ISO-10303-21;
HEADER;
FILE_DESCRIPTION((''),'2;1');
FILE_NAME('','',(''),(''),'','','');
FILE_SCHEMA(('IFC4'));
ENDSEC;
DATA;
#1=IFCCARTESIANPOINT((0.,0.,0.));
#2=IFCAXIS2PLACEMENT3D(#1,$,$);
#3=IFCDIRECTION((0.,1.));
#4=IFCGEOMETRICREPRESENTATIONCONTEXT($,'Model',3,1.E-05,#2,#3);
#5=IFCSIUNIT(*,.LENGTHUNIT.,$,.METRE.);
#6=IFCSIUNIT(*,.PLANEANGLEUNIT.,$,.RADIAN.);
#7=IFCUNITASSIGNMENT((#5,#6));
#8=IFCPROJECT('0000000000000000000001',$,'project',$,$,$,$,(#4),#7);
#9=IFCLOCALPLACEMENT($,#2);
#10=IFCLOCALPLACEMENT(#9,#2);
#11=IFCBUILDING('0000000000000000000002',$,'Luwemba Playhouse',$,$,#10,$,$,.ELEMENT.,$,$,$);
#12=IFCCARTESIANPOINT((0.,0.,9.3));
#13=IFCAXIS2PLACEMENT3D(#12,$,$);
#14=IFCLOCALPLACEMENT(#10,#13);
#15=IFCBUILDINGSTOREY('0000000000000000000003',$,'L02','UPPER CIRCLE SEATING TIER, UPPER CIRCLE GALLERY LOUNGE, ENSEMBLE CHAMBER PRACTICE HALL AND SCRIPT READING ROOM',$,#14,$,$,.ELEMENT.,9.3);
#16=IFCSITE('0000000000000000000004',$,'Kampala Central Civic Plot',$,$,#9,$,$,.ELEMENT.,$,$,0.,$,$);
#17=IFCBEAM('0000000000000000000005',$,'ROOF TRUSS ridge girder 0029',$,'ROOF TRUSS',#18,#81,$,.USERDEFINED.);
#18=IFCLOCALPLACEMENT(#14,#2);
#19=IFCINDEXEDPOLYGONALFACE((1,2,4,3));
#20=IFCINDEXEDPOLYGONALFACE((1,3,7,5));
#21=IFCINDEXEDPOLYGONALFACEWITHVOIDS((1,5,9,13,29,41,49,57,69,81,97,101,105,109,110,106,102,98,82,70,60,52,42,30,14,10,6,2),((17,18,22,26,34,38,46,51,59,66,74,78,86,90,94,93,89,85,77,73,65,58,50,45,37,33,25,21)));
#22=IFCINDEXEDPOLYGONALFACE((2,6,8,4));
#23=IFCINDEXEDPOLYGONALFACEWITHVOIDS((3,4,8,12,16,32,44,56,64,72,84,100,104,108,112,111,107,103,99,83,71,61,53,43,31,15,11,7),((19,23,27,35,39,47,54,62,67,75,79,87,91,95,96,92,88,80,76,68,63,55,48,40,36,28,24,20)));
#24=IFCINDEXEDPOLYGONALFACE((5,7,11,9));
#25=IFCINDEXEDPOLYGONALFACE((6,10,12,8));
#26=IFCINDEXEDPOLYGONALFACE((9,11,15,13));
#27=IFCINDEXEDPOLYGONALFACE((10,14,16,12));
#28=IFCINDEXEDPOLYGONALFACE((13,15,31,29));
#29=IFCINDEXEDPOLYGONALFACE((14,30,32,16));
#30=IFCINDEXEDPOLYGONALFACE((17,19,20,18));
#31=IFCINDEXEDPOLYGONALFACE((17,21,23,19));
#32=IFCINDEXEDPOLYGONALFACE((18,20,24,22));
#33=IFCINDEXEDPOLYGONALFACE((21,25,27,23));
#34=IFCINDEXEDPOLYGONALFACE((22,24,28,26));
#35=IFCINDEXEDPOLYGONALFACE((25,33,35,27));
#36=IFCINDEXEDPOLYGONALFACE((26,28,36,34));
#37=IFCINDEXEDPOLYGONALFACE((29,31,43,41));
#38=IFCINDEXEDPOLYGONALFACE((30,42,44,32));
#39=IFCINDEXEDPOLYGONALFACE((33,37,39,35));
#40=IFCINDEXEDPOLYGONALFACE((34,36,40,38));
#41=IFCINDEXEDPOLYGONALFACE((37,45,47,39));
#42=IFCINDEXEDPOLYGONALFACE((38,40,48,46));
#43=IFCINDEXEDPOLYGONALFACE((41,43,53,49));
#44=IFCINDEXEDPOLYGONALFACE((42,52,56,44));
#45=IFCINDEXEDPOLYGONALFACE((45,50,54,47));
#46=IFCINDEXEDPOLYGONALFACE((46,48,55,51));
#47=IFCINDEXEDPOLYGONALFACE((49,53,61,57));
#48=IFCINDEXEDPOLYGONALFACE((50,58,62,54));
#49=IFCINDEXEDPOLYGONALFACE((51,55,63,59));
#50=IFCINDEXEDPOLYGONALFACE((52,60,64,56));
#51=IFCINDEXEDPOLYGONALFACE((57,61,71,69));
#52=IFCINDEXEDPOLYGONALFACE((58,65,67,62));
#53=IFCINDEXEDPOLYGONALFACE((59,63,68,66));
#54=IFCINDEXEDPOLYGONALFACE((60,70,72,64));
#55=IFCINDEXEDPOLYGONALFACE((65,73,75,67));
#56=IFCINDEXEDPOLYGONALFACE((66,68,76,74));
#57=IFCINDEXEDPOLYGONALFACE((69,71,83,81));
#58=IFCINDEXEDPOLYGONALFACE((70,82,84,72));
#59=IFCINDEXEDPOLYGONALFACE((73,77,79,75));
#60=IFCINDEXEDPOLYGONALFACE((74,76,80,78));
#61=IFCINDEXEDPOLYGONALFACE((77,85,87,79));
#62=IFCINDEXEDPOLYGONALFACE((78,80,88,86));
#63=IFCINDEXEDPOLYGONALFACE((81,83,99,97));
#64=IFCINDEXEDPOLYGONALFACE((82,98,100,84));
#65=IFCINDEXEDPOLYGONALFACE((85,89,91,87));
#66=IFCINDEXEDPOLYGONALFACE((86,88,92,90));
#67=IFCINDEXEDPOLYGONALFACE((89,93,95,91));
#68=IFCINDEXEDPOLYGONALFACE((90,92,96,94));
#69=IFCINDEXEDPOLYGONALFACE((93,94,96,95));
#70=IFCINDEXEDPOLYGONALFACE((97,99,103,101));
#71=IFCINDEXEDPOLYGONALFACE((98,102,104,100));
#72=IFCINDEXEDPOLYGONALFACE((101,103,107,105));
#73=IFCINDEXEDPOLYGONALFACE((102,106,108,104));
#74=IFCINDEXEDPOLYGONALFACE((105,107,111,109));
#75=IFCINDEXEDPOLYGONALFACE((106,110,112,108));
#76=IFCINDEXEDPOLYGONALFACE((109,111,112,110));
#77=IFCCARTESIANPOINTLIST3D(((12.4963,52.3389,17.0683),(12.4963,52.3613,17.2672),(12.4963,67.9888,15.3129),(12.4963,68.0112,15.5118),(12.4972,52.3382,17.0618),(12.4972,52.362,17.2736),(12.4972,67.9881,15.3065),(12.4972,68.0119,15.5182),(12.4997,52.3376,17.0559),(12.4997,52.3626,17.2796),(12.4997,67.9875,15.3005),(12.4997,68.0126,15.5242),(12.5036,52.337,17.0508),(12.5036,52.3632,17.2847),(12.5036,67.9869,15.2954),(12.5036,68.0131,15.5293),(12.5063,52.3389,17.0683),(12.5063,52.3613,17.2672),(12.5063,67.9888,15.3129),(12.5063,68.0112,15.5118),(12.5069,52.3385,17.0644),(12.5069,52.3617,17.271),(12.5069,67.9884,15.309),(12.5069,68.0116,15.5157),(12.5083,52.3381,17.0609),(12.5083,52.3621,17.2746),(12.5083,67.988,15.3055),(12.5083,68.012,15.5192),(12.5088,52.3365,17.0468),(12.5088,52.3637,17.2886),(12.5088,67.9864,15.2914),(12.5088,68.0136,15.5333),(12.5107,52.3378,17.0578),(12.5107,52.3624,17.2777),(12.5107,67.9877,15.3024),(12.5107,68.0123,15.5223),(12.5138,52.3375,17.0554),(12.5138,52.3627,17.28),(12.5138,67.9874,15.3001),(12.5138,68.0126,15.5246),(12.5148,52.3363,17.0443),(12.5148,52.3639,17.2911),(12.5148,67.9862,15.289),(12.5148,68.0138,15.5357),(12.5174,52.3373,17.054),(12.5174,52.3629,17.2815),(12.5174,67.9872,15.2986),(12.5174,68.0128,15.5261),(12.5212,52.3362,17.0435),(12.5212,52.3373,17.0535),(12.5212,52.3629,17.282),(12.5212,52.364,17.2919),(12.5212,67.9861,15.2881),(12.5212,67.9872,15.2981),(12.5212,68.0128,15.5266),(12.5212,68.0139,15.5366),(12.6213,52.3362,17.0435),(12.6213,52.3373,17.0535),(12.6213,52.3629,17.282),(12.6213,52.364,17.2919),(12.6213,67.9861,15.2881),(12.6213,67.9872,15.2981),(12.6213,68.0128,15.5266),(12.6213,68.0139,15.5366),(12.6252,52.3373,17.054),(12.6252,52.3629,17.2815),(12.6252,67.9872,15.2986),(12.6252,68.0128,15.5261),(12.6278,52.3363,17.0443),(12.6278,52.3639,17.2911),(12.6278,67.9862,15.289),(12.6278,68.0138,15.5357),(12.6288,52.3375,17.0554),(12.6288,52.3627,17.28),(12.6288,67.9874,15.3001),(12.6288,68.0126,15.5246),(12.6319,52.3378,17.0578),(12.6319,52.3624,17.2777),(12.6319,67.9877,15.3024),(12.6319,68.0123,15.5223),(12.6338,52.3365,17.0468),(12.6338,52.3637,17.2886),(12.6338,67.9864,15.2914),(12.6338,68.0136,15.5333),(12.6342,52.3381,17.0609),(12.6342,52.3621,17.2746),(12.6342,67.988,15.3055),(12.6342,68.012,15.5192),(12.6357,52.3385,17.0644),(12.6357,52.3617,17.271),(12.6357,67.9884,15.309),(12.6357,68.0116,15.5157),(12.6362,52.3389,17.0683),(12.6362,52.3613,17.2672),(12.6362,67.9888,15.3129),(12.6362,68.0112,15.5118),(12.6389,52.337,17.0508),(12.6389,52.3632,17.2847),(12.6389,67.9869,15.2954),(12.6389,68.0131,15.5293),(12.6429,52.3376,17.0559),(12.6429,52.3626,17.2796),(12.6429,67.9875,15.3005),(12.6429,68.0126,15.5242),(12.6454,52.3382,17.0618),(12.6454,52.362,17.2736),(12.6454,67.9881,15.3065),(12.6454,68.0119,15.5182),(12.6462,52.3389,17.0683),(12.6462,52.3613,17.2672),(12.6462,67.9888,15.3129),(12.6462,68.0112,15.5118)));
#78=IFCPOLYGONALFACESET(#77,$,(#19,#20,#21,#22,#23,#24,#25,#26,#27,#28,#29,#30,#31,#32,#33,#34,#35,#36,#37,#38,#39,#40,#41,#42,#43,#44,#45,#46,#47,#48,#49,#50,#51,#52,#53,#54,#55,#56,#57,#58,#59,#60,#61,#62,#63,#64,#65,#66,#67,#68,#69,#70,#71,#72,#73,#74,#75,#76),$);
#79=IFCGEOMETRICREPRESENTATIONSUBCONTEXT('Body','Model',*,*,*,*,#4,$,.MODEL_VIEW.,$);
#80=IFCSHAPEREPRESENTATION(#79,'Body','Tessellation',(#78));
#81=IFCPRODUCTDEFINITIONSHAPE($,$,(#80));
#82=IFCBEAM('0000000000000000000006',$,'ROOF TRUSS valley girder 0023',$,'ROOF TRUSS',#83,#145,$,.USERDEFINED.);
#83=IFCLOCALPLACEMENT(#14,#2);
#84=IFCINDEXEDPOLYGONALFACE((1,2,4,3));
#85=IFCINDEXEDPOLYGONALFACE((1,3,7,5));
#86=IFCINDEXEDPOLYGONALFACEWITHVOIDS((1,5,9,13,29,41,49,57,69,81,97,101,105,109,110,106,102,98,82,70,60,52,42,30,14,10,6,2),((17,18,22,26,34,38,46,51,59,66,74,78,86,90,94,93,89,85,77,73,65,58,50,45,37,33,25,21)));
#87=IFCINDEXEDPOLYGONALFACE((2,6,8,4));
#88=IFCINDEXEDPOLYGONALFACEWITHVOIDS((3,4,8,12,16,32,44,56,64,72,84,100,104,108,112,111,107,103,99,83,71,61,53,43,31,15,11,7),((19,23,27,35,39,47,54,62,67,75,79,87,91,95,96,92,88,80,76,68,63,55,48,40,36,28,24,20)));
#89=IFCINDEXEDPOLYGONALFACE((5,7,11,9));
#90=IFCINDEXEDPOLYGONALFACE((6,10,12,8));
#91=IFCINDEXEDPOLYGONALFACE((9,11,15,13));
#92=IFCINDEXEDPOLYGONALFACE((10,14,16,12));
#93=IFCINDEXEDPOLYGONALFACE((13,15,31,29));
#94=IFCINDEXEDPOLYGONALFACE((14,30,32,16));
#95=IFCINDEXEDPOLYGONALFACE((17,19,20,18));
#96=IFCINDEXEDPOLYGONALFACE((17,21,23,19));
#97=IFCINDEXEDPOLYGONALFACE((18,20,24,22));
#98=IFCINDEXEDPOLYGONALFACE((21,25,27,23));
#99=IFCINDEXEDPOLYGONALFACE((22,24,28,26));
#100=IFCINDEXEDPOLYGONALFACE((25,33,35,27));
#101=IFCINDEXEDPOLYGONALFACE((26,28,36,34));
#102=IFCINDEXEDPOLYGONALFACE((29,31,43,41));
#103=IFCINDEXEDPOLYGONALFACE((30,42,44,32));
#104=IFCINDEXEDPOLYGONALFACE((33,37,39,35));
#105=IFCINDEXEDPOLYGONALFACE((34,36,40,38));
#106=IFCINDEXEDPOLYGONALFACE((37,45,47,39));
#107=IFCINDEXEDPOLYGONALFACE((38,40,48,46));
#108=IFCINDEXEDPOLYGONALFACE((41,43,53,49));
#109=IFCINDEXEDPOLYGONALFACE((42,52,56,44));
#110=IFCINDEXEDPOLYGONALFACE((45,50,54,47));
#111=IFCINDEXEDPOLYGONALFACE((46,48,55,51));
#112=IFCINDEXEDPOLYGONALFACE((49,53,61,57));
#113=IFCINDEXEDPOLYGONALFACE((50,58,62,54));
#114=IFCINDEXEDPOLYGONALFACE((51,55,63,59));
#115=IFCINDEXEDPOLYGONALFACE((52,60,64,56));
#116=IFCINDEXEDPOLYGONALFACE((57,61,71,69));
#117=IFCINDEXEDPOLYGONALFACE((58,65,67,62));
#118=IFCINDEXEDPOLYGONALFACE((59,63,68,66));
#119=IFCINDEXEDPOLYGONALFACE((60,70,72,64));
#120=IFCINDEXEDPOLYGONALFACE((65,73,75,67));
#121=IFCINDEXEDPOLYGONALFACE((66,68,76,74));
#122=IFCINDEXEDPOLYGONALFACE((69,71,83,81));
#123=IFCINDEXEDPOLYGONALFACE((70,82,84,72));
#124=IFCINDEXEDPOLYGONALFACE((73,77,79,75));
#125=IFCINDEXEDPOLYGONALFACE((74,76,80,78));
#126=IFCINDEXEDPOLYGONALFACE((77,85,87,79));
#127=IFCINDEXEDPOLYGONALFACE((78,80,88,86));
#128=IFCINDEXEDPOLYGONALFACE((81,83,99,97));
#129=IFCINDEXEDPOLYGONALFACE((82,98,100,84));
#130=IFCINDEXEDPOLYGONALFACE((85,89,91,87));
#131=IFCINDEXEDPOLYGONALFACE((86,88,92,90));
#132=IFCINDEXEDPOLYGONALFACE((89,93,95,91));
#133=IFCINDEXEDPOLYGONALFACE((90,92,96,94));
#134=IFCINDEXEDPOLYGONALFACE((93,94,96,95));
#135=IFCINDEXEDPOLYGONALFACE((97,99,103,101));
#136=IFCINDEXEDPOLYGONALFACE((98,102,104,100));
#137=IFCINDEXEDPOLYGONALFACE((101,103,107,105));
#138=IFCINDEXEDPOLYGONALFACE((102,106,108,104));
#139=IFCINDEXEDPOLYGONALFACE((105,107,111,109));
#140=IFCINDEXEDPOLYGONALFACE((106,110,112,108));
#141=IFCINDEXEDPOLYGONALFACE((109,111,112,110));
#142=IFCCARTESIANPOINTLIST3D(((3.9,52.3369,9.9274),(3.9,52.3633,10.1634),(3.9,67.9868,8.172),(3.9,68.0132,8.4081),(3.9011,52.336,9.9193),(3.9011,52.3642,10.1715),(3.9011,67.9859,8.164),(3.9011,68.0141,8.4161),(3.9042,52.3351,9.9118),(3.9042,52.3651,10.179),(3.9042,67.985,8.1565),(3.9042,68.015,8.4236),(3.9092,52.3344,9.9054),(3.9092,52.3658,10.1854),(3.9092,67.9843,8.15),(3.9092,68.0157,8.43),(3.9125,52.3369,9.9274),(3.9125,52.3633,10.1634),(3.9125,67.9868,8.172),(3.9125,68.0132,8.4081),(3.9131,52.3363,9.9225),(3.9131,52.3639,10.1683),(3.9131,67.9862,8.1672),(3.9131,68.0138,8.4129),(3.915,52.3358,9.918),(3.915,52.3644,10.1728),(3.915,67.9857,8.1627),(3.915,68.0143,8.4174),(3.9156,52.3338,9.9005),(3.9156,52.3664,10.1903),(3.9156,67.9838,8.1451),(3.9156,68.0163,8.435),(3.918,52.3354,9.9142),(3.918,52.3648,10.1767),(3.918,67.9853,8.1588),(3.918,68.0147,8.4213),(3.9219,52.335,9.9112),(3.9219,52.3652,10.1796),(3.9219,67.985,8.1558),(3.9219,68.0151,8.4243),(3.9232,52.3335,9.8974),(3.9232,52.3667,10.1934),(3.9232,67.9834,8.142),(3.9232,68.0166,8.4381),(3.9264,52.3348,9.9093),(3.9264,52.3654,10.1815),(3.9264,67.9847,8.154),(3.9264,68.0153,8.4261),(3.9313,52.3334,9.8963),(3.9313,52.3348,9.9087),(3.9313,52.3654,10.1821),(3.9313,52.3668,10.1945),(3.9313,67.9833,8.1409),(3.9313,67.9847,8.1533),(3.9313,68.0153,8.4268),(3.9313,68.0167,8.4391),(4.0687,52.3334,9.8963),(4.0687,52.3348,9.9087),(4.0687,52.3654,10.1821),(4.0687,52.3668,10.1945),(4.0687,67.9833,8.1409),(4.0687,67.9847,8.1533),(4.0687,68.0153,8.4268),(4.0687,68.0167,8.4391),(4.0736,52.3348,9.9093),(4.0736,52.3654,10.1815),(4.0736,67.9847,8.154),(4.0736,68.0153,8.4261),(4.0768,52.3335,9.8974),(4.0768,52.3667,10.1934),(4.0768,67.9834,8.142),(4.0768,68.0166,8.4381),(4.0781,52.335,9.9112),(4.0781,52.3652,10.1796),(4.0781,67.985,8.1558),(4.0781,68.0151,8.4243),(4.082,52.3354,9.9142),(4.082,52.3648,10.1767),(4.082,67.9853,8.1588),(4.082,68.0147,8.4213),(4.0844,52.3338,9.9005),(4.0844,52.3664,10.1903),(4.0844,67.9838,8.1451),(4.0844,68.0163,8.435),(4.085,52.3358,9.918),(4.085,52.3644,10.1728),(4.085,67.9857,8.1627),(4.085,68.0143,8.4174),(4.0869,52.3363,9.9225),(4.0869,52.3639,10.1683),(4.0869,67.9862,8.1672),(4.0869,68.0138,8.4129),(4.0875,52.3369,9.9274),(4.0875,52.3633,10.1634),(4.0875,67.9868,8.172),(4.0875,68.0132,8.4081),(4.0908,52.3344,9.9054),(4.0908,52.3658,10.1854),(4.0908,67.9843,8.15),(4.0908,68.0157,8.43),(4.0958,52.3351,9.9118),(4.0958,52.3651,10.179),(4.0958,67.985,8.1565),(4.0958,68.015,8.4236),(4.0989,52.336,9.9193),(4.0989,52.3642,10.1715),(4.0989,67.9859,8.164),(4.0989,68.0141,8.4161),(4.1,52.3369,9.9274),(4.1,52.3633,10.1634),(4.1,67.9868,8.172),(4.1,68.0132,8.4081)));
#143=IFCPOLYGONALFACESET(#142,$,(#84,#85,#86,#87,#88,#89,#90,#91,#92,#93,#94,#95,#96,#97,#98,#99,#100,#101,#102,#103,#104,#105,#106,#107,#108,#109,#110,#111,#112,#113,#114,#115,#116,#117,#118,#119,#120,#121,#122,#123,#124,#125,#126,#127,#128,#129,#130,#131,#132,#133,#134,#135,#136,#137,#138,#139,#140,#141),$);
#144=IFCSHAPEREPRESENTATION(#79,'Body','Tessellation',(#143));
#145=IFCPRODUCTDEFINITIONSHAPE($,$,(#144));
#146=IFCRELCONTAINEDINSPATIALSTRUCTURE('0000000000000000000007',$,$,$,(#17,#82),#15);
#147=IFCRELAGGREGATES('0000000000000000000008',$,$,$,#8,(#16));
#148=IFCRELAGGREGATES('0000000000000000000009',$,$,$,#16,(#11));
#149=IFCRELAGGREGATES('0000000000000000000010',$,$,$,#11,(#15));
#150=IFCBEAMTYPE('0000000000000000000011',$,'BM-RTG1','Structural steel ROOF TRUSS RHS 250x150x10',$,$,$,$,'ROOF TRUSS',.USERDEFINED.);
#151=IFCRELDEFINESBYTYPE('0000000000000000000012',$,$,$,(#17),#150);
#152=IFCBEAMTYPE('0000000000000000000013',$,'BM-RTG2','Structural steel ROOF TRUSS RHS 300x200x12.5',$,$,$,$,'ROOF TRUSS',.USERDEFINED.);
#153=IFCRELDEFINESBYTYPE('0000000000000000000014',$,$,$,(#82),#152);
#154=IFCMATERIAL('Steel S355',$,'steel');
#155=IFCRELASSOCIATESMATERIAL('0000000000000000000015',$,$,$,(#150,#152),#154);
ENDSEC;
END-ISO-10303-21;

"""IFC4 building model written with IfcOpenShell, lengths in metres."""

from ifc_helpers import new_model, si_unit, direction, frame, origin, origin_2d, place, context, subcontext, project, spatial, hollow_rectangle, extrude, material, material_profile, profile_set, type_object, element, save


model = new_model("IFC4")

# Units and contexts
model_context = context("Model", 3, precision=1e-05, world=origin(), true_north=direction((0.0, 1.0)))
body_context = subcontext(model_context, "Body", "Model", "MODEL_VIEW")
ifc_project = project(units=[si_unit("LENGTHUNIT", "METRE"), si_unit("PLANEANGLEUNIT", "RADIAN")], contexts=[model_context])

# Site, building, storey
site_placement = place(None, origin())
site = spatial("IfcSite", under=ifc_project, at=site_placement, Name="Kampala Central Civic Plot", CompositionType="ELEMENT", RefElevation=0.0)
building_placement = place(site_placement, origin())
building = spatial("IfcBuilding", under=site, at=building_placement, Name="Luwemba Playhouse", CompositionType="ELEMENT")
storey_placement = place(building_placement, frame((0.0, 0.0, 9.3)))
storey = spatial("IfcBuildingStorey", under=building, at=storey_placement, Name="L02", Description="UPPER CIRCLE SEATING TIER, UPPER CIRCLE GALLERY LOUNGE, ENSEMBLE CHAMBER PRACTICE HALL AND SCRIPT READING ROOM", CompositionType="ELEMENT", Elevation=9.3)

# Beams
ifc_material_1 = material(Name="Steel S355", Category="steel")
ifc_material_profile_1 = material_profile(ifc_material_1, hollow_rectangle(XDim=0.1499, YDim=0.25, WallThickness=0.01, InnerFilletRadius=0.0149, OuterFilletRadius=0.0249, at=origin_2d()))
ifc_profile_set_1 = profile_set([ifc_material_profile_1], Name="Steel S355")
beam_type_1 = type_object("IfcBeamType", Name="BM-RTG1", Description="Structural steel ROOF TRUSS RHS 250x150x10", ElementType="ROOF TRUSS", PredefinedType="USERDEFINED", material=ifc_profile_set_1)
beam_1_placement = place(storey_placement, frame((12.5713, 52.3501, 17.1677), z_axis=(0.0, 0.993768, -0.111466), x_axis=(-1.0, 0.0, 0.0)))
element("IfcBeam", 1, at=beam_1_placement, inside=storey, type_object=beam_type_1, Name="ROOF TRUSS ridge girder 0029", ObjectType="ROOF TRUSS", PredefinedType="USERDEFINED", context=body_context, shape_type="SweptSolid", body=[
    extrude(hollow_rectangle(XDim=0.1499, YDim=0.25, WallThickness=0.01, InnerFilletRadius=0.0149, OuterFilletRadius=0.0249, at=origin_2d()), origin(), (0.0, 0.0, 1.0), 15.748),
])
ifc_material_profile_2 = material_profile(ifc_material_1, hollow_rectangle(XDim=0.2, YDim=0.3, WallThickness=0.0125, InnerFilletRadius=0.0188, OuterFilletRadius=0.0312, at=origin_2d()))
ifc_profile_set_2 = profile_set([ifc_material_profile_2], Name="Steel S355")
beam_type_2 = type_object("IfcBeamType", Name="BM-RTG2", Description="Structural steel ROOF TRUSS RHS 300x200x12.5", ElementType="ROOF TRUSS", PredefinedType="USERDEFINED", material=ifc_profile_set_2)
for number, where, z_axis, x_axis, name in (
    (2, (4.0, 52.3501, 10.0454), (0.0, 0.993768, -0.111466), (-1.0, 0.0, 0.0), "ROOF TRUSS valley girder 0023"),
):
    element("IfcBeam", number, at=place(storey_placement, frame(where, z_axis=z_axis, x_axis=x_axis)), inside=storey, type_object=beam_type_2, Name=name, ObjectType="ROOF TRUSS", PredefinedType="USERDEFINED", context=body_context, shape_type="SweptSolid", body=[
        extrude(hollow_rectangle(XDim=0.2, YDim=0.3, WallThickness=0.0125, InnerFilletRadius=0.0188, OuterFilletRadius=0.0312, at=origin_2d()), origin(), (0.0, 0.0, 1.0), 15.748),
    ])

save(model, "model.ifc")
